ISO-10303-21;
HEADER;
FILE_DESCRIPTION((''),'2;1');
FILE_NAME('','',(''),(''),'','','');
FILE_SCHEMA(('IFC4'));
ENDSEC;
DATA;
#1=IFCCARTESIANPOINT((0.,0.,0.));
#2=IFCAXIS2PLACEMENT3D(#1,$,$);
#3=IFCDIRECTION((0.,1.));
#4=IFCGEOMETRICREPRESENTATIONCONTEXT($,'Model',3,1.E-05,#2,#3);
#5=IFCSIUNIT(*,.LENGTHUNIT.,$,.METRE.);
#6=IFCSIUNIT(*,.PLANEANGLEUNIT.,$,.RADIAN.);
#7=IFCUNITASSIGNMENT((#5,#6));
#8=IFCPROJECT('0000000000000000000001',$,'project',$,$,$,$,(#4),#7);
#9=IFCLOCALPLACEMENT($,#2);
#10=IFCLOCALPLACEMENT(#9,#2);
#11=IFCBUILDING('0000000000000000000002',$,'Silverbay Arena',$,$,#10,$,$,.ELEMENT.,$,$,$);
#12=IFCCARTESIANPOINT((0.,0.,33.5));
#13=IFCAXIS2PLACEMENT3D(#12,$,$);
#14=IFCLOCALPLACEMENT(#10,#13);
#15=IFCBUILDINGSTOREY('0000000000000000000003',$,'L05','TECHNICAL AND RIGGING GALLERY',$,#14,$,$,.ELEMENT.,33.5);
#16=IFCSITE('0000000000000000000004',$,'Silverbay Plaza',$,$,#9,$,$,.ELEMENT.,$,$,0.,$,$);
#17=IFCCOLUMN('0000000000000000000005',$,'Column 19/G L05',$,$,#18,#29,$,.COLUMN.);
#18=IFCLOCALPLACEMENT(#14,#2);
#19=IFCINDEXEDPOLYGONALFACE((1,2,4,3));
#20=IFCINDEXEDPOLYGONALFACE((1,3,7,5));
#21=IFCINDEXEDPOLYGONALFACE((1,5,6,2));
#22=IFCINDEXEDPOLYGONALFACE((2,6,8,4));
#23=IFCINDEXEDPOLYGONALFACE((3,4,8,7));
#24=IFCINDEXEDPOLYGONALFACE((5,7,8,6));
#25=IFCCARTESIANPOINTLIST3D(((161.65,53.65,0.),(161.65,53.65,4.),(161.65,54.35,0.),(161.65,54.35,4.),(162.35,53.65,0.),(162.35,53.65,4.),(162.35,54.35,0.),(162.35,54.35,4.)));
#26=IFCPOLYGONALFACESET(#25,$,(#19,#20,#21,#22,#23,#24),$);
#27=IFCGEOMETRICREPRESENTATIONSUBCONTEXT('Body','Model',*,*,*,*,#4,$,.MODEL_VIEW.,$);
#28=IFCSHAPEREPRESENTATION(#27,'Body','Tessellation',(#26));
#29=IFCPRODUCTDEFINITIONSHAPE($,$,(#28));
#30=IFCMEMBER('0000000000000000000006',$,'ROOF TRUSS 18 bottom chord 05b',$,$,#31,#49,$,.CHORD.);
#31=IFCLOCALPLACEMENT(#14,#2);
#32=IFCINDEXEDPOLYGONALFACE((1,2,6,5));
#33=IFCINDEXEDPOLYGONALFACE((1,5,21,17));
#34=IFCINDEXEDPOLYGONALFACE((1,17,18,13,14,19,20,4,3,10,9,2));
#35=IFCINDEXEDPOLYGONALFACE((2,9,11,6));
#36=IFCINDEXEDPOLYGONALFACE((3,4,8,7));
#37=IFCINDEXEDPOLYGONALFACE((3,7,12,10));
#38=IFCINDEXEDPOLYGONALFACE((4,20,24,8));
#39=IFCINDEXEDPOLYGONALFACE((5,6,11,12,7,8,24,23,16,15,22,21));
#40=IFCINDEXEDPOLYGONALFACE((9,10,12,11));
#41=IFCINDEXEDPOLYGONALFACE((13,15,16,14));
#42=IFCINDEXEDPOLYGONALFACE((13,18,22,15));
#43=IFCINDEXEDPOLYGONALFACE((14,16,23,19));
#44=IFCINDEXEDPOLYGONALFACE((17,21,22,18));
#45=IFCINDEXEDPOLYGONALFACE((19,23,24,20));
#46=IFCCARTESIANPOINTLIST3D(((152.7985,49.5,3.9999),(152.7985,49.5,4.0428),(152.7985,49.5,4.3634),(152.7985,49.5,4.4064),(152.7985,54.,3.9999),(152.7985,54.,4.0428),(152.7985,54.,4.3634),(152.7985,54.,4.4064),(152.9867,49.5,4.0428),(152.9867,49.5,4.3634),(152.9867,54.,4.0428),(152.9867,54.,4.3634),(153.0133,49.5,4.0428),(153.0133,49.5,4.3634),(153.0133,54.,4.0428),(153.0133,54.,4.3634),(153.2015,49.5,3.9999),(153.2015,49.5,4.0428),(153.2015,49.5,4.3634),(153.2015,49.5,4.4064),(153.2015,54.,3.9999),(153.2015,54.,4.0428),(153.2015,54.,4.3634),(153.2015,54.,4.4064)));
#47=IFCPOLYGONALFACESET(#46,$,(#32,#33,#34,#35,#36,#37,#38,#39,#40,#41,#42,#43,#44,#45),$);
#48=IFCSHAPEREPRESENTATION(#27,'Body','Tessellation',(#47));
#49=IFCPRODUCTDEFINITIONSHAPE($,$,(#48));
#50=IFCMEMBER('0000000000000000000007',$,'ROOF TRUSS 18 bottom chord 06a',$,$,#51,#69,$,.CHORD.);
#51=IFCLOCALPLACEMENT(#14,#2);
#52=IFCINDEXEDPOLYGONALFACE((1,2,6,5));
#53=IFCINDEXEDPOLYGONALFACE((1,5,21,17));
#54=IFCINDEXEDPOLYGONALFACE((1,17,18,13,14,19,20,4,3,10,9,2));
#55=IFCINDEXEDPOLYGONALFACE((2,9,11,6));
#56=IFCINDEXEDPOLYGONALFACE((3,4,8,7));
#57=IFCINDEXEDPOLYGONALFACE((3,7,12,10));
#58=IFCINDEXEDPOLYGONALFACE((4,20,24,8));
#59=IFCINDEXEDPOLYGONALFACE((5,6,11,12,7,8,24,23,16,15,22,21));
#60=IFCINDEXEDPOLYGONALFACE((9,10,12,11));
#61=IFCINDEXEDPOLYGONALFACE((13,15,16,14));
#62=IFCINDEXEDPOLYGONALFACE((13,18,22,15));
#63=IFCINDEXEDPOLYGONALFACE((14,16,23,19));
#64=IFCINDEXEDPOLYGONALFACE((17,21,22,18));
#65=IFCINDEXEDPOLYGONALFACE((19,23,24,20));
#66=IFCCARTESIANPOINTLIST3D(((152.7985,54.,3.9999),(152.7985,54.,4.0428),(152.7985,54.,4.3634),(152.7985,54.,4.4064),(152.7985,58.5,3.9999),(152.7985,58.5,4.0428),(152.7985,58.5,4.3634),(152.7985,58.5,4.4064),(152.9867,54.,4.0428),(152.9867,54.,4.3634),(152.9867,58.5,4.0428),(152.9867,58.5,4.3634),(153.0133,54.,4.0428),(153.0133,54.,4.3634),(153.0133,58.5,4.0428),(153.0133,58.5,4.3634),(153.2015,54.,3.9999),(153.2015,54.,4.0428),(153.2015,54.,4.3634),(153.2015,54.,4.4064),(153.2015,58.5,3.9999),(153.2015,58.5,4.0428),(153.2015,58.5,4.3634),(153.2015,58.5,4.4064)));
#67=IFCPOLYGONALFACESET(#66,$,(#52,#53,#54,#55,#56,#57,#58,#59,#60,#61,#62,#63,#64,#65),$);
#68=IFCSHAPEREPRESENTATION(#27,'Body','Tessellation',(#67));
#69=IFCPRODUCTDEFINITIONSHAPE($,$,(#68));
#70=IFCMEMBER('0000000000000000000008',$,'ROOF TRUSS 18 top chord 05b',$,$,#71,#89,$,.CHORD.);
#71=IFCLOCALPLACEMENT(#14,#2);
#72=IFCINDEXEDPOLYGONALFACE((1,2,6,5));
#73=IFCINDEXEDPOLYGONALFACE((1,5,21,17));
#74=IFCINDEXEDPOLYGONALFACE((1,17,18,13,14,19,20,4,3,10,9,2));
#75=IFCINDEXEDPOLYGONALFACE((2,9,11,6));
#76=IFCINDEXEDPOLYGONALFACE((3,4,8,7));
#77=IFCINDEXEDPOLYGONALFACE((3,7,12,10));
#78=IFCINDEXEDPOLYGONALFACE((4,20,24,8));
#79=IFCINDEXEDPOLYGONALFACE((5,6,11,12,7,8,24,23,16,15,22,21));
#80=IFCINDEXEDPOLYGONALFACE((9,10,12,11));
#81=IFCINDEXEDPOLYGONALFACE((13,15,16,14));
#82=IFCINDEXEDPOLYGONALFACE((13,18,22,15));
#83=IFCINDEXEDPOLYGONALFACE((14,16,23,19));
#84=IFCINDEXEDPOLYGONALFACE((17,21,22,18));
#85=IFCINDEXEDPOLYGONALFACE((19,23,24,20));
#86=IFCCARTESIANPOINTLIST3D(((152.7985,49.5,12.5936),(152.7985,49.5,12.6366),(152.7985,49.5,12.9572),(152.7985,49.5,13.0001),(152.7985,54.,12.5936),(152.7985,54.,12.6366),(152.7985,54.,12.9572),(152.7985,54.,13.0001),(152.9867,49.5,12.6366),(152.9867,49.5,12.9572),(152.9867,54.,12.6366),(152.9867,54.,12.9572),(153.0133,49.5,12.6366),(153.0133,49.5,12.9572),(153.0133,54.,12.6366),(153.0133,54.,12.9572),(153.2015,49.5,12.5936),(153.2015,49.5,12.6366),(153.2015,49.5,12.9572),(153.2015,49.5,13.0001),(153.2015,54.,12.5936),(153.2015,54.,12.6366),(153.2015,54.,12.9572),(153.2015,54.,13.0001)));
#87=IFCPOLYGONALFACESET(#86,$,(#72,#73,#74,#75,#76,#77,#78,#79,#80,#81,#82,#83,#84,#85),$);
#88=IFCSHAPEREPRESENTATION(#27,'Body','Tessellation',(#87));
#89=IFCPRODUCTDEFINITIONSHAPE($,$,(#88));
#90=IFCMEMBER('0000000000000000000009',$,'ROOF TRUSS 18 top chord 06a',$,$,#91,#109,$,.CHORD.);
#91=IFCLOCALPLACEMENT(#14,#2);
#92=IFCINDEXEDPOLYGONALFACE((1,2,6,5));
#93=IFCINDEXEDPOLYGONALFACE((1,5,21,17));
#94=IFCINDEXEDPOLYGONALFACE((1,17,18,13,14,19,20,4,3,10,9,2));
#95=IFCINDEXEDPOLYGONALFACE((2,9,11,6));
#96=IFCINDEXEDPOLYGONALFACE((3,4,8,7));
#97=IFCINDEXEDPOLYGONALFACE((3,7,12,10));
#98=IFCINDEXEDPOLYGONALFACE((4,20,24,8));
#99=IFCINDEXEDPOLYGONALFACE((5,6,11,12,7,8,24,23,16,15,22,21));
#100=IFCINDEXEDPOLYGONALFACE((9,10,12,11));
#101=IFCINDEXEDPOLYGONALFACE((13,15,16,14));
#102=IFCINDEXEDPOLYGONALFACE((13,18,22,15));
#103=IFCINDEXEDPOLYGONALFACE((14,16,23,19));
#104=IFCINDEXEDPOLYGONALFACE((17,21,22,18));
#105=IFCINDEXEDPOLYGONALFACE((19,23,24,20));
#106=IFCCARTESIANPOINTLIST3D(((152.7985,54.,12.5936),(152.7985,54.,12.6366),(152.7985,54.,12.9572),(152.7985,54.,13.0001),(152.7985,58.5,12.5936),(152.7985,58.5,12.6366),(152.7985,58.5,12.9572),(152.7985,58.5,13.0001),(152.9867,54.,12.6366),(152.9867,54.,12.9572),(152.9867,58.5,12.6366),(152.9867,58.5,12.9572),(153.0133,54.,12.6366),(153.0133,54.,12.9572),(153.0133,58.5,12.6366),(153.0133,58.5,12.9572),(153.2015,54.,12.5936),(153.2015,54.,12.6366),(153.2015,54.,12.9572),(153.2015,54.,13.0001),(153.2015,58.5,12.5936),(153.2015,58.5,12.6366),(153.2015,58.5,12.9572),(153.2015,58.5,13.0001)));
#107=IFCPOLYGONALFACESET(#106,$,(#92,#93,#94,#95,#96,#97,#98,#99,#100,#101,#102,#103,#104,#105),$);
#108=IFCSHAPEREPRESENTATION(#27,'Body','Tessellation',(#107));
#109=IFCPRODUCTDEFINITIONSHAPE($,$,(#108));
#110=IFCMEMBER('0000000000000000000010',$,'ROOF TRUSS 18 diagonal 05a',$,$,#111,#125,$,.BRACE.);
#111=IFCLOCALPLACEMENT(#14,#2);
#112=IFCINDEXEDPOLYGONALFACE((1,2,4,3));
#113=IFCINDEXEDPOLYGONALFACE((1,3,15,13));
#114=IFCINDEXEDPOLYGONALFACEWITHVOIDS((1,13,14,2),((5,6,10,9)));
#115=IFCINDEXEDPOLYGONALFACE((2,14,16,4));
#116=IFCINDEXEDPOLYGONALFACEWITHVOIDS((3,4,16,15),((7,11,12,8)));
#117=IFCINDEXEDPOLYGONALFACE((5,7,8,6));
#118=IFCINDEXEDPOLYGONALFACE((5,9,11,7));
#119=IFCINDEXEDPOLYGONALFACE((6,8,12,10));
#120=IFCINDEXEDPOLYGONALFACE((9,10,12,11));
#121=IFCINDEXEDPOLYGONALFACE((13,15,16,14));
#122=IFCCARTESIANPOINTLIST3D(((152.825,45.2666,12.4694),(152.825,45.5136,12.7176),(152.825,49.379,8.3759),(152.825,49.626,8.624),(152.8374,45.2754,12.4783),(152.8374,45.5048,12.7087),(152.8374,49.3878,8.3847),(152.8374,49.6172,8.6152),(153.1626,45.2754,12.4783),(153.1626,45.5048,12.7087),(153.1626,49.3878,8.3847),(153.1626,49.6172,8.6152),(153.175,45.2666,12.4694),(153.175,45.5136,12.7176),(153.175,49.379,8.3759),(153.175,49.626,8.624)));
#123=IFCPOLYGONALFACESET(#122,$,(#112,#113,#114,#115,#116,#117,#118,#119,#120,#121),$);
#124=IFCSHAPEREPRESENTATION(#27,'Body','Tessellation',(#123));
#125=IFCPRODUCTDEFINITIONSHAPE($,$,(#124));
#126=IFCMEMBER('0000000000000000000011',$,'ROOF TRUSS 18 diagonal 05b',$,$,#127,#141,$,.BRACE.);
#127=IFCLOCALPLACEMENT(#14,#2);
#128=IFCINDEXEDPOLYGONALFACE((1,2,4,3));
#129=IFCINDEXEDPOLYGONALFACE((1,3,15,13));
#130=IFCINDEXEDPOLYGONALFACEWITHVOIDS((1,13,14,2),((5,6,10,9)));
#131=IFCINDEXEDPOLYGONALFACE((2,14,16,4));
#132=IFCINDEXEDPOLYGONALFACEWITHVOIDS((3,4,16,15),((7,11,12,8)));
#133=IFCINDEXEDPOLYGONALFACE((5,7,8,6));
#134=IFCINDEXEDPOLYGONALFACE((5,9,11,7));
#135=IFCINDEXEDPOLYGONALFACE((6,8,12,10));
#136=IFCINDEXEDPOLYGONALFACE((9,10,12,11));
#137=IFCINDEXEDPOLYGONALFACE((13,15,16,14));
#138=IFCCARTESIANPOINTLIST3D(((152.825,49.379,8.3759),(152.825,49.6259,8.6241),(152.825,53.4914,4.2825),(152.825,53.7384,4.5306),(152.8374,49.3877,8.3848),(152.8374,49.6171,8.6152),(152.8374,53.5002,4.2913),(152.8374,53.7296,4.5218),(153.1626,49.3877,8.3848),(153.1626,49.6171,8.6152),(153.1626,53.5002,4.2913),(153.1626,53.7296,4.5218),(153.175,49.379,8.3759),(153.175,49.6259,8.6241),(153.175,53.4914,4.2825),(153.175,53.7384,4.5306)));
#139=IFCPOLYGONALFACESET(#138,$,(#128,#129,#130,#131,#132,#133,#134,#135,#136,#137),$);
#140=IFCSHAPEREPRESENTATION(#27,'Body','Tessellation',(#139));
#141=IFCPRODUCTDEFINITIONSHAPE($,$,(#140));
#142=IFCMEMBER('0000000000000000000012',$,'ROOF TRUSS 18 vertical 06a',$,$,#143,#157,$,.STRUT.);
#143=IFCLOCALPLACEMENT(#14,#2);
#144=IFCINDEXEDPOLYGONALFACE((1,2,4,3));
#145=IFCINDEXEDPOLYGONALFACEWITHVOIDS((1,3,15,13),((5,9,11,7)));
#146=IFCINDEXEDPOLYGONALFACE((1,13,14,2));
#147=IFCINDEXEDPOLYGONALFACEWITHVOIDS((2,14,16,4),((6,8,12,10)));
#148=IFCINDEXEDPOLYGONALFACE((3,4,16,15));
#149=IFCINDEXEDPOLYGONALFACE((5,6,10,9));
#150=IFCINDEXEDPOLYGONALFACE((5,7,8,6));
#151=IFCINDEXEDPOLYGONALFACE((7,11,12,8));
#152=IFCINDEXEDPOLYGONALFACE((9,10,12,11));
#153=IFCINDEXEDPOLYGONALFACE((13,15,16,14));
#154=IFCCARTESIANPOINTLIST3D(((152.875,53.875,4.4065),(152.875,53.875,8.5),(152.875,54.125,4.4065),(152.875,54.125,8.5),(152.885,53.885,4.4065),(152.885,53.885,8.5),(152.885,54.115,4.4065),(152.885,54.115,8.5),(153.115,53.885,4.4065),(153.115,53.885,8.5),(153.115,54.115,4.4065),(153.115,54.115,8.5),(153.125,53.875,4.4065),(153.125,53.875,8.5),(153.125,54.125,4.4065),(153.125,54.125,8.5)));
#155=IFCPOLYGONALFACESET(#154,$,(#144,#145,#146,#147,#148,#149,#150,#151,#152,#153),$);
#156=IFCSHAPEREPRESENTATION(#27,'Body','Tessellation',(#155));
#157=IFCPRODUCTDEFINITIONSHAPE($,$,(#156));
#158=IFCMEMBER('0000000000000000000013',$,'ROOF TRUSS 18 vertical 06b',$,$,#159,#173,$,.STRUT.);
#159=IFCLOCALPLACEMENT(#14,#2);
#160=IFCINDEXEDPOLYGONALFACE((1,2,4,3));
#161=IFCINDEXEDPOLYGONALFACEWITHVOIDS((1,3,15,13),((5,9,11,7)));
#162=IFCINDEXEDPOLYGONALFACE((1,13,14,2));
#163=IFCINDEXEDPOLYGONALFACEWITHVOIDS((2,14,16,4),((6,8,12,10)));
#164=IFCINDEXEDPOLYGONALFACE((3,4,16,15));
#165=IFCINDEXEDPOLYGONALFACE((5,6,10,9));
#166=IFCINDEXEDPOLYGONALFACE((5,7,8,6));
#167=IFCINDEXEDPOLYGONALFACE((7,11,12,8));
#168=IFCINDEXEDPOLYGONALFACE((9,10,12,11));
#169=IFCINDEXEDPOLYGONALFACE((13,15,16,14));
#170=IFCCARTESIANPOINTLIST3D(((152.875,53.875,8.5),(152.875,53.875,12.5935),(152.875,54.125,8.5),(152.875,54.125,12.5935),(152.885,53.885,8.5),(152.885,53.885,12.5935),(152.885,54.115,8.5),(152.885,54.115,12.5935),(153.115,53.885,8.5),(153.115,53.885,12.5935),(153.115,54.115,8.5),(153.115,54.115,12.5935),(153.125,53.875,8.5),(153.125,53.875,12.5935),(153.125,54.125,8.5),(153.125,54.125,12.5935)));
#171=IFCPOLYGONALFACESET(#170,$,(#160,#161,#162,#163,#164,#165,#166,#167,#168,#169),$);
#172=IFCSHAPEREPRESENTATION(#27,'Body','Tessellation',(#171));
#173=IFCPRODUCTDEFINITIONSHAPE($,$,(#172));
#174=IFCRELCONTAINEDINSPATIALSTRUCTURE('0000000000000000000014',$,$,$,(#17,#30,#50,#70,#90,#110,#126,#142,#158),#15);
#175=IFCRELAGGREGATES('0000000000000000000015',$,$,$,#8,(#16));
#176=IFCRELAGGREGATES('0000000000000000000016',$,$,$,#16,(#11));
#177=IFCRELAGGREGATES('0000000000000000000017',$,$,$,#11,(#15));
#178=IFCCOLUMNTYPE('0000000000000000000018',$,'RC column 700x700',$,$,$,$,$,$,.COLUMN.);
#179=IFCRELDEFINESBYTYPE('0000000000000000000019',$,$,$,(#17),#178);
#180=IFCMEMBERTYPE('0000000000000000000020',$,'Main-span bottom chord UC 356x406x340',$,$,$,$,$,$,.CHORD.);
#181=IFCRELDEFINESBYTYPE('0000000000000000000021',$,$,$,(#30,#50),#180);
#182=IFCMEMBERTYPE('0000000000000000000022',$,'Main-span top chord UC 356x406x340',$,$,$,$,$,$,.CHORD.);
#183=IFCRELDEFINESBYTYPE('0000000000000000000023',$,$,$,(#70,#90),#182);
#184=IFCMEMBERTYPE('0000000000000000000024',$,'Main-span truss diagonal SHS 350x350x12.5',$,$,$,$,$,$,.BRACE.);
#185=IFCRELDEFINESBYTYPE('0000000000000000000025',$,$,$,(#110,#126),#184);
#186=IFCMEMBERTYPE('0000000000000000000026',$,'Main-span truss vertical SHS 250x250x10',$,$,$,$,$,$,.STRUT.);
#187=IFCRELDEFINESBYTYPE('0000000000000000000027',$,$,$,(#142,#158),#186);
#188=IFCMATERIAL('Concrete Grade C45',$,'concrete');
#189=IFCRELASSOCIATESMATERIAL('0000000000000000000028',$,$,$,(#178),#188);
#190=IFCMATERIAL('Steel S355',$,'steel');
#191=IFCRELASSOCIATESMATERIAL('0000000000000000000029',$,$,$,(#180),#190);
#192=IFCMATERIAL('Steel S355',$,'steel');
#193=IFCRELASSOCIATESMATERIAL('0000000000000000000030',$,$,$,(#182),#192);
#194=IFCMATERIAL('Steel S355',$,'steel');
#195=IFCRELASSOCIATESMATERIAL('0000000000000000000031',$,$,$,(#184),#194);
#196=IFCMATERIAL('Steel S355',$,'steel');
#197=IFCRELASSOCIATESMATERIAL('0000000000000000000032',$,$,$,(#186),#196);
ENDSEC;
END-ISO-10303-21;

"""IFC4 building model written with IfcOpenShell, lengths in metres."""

from ifc_helpers import new_model, si_unit, direction, frame, origin, origin_2d, place, context, subcontext, project, spatial, rectangle, hollow_rectangle, i_section, extrude, material, material_profile, profile_set, type_object, element, save


model = new_model("IFC4")

# Units and contexts
model_context = context("Model", 3, precision=1e-05, world=origin(), true_north=direction((0.0, 1.0)))
body_context = subcontext(model_context, "Body", "Model", "MODEL_VIEW")
ifc_project = project(units=[si_unit("LENGTHUNIT", "METRE"), si_unit("PLANEANGLEUNIT", "RADIAN")], contexts=[model_context])

# Site, building, storey
site_placement = place(None, origin())
site = spatial("IfcSite", under=ifc_project, at=site_placement, Name="Silverbay Plaza", CompositionType="ELEMENT", RefElevation=0.0)
building_placement = place(site_placement, origin())
building = spatial("IfcBuilding", under=site, at=building_placement, Name="Silverbay Arena", CompositionType="ELEMENT")
storey_placement = place(building_placement, frame((0.0, 0.0, 33.5)))
storey = spatial("IfcBuildingStorey", under=building, at=storey_placement, Name="L05", Description="TECHNICAL AND RIGGING GALLERY", CompositionType="ELEMENT", Elevation=33.5)

# Column
ifc_material_1 = material(Name="Concrete Grade C45", Category="concrete")
ifc_material_profile_1 = material_profile(ifc_material_1, rectangle(XDim=0.7, YDim=0.7, at=origin_2d()), Name="RC 700x700")
ifc_profile_set_1 = profile_set([ifc_material_profile_1], Name="Concrete Grade C45")
column_type = type_object("IfcColumnType", Name="RC column 700x700", PredefinedType="COLUMN", material=ifc_profile_set_1)
column_placement = place(storey_placement, frame((162.0, 54.0, 0.0), z_axis=(0.0, 0.0, 1.0), x_axis=(1.0, 0.0, 0.0)))
element("IfcColumn", 1, at=column_placement, inside=storey, type_object=column_type, Name="Column 19/G L05", PredefinedType="COLUMN", context=body_context, shape_type="SweptSolid", body=[
    extrude(rectangle(XDim=0.7, YDim=0.7, at=origin_2d()), origin(), (0.0, 0.0, 1.0), 4.0),
])

# Members
ifc_material_2 = material(Name="Steel S355", Category="steel")
ifc_material_profile_2 = material_profile(ifc_material_2, i_section(OverallWidth=0.4031, OverallDepth=0.4065, WebThickness=0.0266, FlangeThickness=0.043, at=origin_2d()), Name="UC 356x406x340")
ifc_profile_set_2 = profile_set([ifc_material_profile_2], Name="Steel S355")
member_type_1 = type_object("IfcMemberType", Name="Main-span bottom chord UC 356x406x340", PredefinedType="CHORD", material=ifc_profile_set_2)
for number, where, z_axis, x_axis, name in (
    (2, (153.0, 49.5, 4.2031), (0.0, 1.0, 0.0), (-1.0, 0.0, 0.0), "ROOF TRUSS 18 bottom chord 05b"),
    (3, (153.0, 54.0, 4.2031), (0.0, 1.0, 0.0), (-1.0, 0.0, 0.0), "ROOF TRUSS 18 bottom chord 06a"),
):
    element("IfcMember", number, at=place(storey_placement, frame(where, z_axis=z_axis, x_axis=x_axis)), inside=storey, type_object=member_type_1, Name=name, PredefinedType="CHORD", context=body_context, shape_type="SweptSolid", body=[
        extrude(i_section(OverallWidth=0.4031, OverallDepth=0.4065, WebThickness=0.0266, FlangeThickness=0.043, at=origin_2d()), origin(), (0.0, 0.0, 1.0), 4.5),
    ])
ifc_material_3 = material(Name="Steel S355", Category="steel")
ifc_material_profile_3 = material_profile(ifc_material_3, i_section(OverallWidth=0.4031, OverallDepth=0.4065, WebThickness=0.0266, FlangeThickness=0.043, at=origin_2d()), Name="UC 356x406x340")
ifc_profile_set_3 = profile_set([ifc_material_profile_3], Name="Steel S355")
member_type_2 = type_object("IfcMemberType", Name="Main-span top chord UC 356x406x340", PredefinedType="CHORD", material=ifc_profile_set_3)
for number, where, z_axis, x_axis, name in (
    (4, (153.0, 49.5, 12.7969), (0.0, 1.0, 0.0), (-1.0, 0.0, 0.0), "ROOF TRUSS 18 top chord 05b"),
    (5, (153.0, 54.0, 12.7969), (0.0, 1.0, 0.0), (-1.0, 0.0, 0.0), "ROOF TRUSS 18 top chord 06a"),
):
    element("IfcMember", number, at=place(storey_placement, frame(where, z_axis=z_axis, x_axis=x_axis)), inside=storey, type_object=member_type_2, Name=name, PredefinedType="CHORD", context=body_context, shape_type="SweptSolid", body=[
        extrude(i_section(OverallWidth=0.4031, OverallDepth=0.4065, WebThickness=0.0266, FlangeThickness=0.043, at=origin_2d()), origin(), (0.0, 0.0, 1.0), 4.5),
    ])
ifc_material_4 = material(Name="Steel S355", Category="steel")
ifc_material_profile_4 = material_profile(ifc_material_4, hollow_rectangle(XDim=0.3501, YDim=0.3501, WallThickness=0.0125, at=origin_2d()), Name="SHS 350x350x12.5")
ifc_profile_set_4 = profile_set([ifc_material_profile_4], Name="Steel S355")
member_type_3 = type_object("IfcMemberType", Name="Main-span truss diagonal SHS 350x350x12.5", PredefinedType="BRACE", material=ifc_profile_set_4)
for number, where, z_axis, x_axis, name in (
    (6, (153.0, 45.3901, 12.5935), (0.0, 0.708725, -0.705485), (-1.0, 0.0, 0.0), "ROOF TRUSS 18 diagonal 05a"),
    (7, (153.0, 49.5024, 8.5), (0.0, 0.708746, -0.705464), (-1.0, 0.0, 0.0), "ROOF TRUSS 18 diagonal 05b"),
):
    element("IfcMember", number, at=place(storey_placement, frame(where, z_axis=z_axis, x_axis=x_axis)), inside=storey, type_object=member_type_3, Name=name, PredefinedType="BRACE", context=body_context, shape_type="SweptSolid", body=[
        extrude(hollow_rectangle(XDim=0.3501, YDim=0.3501, WallThickness=0.0125, at=origin_2d()), origin(), (0.0, 0.0, 1.0), 5.8025),
    ])
ifc_material_5 = material(Name="Steel S355", Category="steel")
ifc_material_profile_5 = material_profile(ifc_material_5, hollow_rectangle(XDim=0.25, YDim=0.25, WallThickness=0.01, at=origin_2d()), Name="SHS 250x250x10")
ifc_profile_set_5 = profile_set([ifc_material_profile_5], Name="Steel S355")
member_type_4 = type_object("IfcMemberType", Name="Main-span truss vertical SHS 250x250x10", PredefinedType="STRUT", material=ifc_profile_set_5)
for number, where, z_axis, x_axis, name in (
    (8, (153.0, 54.0, 4.4065), (0.0, 0.0, 1.0), (1.0, 0.0, 0.0), "ROOF TRUSS 18 vertical 06a"),
    (9, (153.0, 54.0, 8.5), (0.0, 0.0, 1.0), (1.0, 0.0, 0.0), "ROOF TRUSS 18 vertical 06b"),
):
    element("IfcMember", number, at=place(storey_placement, frame(where, z_axis=z_axis, x_axis=x_axis)), inside=storey, type_object=member_type_4, Name=name, PredefinedType="STRUT", context=body_context, shape_type="SweptSolid", body=[
        extrude(hollow_rectangle(XDim=0.25, YDim=0.25, WallThickness=0.01, at=origin_2d()), origin(), (0.0, 0.0, 1.0), 4.0935),
    ])

save(model, "model.ifc")
